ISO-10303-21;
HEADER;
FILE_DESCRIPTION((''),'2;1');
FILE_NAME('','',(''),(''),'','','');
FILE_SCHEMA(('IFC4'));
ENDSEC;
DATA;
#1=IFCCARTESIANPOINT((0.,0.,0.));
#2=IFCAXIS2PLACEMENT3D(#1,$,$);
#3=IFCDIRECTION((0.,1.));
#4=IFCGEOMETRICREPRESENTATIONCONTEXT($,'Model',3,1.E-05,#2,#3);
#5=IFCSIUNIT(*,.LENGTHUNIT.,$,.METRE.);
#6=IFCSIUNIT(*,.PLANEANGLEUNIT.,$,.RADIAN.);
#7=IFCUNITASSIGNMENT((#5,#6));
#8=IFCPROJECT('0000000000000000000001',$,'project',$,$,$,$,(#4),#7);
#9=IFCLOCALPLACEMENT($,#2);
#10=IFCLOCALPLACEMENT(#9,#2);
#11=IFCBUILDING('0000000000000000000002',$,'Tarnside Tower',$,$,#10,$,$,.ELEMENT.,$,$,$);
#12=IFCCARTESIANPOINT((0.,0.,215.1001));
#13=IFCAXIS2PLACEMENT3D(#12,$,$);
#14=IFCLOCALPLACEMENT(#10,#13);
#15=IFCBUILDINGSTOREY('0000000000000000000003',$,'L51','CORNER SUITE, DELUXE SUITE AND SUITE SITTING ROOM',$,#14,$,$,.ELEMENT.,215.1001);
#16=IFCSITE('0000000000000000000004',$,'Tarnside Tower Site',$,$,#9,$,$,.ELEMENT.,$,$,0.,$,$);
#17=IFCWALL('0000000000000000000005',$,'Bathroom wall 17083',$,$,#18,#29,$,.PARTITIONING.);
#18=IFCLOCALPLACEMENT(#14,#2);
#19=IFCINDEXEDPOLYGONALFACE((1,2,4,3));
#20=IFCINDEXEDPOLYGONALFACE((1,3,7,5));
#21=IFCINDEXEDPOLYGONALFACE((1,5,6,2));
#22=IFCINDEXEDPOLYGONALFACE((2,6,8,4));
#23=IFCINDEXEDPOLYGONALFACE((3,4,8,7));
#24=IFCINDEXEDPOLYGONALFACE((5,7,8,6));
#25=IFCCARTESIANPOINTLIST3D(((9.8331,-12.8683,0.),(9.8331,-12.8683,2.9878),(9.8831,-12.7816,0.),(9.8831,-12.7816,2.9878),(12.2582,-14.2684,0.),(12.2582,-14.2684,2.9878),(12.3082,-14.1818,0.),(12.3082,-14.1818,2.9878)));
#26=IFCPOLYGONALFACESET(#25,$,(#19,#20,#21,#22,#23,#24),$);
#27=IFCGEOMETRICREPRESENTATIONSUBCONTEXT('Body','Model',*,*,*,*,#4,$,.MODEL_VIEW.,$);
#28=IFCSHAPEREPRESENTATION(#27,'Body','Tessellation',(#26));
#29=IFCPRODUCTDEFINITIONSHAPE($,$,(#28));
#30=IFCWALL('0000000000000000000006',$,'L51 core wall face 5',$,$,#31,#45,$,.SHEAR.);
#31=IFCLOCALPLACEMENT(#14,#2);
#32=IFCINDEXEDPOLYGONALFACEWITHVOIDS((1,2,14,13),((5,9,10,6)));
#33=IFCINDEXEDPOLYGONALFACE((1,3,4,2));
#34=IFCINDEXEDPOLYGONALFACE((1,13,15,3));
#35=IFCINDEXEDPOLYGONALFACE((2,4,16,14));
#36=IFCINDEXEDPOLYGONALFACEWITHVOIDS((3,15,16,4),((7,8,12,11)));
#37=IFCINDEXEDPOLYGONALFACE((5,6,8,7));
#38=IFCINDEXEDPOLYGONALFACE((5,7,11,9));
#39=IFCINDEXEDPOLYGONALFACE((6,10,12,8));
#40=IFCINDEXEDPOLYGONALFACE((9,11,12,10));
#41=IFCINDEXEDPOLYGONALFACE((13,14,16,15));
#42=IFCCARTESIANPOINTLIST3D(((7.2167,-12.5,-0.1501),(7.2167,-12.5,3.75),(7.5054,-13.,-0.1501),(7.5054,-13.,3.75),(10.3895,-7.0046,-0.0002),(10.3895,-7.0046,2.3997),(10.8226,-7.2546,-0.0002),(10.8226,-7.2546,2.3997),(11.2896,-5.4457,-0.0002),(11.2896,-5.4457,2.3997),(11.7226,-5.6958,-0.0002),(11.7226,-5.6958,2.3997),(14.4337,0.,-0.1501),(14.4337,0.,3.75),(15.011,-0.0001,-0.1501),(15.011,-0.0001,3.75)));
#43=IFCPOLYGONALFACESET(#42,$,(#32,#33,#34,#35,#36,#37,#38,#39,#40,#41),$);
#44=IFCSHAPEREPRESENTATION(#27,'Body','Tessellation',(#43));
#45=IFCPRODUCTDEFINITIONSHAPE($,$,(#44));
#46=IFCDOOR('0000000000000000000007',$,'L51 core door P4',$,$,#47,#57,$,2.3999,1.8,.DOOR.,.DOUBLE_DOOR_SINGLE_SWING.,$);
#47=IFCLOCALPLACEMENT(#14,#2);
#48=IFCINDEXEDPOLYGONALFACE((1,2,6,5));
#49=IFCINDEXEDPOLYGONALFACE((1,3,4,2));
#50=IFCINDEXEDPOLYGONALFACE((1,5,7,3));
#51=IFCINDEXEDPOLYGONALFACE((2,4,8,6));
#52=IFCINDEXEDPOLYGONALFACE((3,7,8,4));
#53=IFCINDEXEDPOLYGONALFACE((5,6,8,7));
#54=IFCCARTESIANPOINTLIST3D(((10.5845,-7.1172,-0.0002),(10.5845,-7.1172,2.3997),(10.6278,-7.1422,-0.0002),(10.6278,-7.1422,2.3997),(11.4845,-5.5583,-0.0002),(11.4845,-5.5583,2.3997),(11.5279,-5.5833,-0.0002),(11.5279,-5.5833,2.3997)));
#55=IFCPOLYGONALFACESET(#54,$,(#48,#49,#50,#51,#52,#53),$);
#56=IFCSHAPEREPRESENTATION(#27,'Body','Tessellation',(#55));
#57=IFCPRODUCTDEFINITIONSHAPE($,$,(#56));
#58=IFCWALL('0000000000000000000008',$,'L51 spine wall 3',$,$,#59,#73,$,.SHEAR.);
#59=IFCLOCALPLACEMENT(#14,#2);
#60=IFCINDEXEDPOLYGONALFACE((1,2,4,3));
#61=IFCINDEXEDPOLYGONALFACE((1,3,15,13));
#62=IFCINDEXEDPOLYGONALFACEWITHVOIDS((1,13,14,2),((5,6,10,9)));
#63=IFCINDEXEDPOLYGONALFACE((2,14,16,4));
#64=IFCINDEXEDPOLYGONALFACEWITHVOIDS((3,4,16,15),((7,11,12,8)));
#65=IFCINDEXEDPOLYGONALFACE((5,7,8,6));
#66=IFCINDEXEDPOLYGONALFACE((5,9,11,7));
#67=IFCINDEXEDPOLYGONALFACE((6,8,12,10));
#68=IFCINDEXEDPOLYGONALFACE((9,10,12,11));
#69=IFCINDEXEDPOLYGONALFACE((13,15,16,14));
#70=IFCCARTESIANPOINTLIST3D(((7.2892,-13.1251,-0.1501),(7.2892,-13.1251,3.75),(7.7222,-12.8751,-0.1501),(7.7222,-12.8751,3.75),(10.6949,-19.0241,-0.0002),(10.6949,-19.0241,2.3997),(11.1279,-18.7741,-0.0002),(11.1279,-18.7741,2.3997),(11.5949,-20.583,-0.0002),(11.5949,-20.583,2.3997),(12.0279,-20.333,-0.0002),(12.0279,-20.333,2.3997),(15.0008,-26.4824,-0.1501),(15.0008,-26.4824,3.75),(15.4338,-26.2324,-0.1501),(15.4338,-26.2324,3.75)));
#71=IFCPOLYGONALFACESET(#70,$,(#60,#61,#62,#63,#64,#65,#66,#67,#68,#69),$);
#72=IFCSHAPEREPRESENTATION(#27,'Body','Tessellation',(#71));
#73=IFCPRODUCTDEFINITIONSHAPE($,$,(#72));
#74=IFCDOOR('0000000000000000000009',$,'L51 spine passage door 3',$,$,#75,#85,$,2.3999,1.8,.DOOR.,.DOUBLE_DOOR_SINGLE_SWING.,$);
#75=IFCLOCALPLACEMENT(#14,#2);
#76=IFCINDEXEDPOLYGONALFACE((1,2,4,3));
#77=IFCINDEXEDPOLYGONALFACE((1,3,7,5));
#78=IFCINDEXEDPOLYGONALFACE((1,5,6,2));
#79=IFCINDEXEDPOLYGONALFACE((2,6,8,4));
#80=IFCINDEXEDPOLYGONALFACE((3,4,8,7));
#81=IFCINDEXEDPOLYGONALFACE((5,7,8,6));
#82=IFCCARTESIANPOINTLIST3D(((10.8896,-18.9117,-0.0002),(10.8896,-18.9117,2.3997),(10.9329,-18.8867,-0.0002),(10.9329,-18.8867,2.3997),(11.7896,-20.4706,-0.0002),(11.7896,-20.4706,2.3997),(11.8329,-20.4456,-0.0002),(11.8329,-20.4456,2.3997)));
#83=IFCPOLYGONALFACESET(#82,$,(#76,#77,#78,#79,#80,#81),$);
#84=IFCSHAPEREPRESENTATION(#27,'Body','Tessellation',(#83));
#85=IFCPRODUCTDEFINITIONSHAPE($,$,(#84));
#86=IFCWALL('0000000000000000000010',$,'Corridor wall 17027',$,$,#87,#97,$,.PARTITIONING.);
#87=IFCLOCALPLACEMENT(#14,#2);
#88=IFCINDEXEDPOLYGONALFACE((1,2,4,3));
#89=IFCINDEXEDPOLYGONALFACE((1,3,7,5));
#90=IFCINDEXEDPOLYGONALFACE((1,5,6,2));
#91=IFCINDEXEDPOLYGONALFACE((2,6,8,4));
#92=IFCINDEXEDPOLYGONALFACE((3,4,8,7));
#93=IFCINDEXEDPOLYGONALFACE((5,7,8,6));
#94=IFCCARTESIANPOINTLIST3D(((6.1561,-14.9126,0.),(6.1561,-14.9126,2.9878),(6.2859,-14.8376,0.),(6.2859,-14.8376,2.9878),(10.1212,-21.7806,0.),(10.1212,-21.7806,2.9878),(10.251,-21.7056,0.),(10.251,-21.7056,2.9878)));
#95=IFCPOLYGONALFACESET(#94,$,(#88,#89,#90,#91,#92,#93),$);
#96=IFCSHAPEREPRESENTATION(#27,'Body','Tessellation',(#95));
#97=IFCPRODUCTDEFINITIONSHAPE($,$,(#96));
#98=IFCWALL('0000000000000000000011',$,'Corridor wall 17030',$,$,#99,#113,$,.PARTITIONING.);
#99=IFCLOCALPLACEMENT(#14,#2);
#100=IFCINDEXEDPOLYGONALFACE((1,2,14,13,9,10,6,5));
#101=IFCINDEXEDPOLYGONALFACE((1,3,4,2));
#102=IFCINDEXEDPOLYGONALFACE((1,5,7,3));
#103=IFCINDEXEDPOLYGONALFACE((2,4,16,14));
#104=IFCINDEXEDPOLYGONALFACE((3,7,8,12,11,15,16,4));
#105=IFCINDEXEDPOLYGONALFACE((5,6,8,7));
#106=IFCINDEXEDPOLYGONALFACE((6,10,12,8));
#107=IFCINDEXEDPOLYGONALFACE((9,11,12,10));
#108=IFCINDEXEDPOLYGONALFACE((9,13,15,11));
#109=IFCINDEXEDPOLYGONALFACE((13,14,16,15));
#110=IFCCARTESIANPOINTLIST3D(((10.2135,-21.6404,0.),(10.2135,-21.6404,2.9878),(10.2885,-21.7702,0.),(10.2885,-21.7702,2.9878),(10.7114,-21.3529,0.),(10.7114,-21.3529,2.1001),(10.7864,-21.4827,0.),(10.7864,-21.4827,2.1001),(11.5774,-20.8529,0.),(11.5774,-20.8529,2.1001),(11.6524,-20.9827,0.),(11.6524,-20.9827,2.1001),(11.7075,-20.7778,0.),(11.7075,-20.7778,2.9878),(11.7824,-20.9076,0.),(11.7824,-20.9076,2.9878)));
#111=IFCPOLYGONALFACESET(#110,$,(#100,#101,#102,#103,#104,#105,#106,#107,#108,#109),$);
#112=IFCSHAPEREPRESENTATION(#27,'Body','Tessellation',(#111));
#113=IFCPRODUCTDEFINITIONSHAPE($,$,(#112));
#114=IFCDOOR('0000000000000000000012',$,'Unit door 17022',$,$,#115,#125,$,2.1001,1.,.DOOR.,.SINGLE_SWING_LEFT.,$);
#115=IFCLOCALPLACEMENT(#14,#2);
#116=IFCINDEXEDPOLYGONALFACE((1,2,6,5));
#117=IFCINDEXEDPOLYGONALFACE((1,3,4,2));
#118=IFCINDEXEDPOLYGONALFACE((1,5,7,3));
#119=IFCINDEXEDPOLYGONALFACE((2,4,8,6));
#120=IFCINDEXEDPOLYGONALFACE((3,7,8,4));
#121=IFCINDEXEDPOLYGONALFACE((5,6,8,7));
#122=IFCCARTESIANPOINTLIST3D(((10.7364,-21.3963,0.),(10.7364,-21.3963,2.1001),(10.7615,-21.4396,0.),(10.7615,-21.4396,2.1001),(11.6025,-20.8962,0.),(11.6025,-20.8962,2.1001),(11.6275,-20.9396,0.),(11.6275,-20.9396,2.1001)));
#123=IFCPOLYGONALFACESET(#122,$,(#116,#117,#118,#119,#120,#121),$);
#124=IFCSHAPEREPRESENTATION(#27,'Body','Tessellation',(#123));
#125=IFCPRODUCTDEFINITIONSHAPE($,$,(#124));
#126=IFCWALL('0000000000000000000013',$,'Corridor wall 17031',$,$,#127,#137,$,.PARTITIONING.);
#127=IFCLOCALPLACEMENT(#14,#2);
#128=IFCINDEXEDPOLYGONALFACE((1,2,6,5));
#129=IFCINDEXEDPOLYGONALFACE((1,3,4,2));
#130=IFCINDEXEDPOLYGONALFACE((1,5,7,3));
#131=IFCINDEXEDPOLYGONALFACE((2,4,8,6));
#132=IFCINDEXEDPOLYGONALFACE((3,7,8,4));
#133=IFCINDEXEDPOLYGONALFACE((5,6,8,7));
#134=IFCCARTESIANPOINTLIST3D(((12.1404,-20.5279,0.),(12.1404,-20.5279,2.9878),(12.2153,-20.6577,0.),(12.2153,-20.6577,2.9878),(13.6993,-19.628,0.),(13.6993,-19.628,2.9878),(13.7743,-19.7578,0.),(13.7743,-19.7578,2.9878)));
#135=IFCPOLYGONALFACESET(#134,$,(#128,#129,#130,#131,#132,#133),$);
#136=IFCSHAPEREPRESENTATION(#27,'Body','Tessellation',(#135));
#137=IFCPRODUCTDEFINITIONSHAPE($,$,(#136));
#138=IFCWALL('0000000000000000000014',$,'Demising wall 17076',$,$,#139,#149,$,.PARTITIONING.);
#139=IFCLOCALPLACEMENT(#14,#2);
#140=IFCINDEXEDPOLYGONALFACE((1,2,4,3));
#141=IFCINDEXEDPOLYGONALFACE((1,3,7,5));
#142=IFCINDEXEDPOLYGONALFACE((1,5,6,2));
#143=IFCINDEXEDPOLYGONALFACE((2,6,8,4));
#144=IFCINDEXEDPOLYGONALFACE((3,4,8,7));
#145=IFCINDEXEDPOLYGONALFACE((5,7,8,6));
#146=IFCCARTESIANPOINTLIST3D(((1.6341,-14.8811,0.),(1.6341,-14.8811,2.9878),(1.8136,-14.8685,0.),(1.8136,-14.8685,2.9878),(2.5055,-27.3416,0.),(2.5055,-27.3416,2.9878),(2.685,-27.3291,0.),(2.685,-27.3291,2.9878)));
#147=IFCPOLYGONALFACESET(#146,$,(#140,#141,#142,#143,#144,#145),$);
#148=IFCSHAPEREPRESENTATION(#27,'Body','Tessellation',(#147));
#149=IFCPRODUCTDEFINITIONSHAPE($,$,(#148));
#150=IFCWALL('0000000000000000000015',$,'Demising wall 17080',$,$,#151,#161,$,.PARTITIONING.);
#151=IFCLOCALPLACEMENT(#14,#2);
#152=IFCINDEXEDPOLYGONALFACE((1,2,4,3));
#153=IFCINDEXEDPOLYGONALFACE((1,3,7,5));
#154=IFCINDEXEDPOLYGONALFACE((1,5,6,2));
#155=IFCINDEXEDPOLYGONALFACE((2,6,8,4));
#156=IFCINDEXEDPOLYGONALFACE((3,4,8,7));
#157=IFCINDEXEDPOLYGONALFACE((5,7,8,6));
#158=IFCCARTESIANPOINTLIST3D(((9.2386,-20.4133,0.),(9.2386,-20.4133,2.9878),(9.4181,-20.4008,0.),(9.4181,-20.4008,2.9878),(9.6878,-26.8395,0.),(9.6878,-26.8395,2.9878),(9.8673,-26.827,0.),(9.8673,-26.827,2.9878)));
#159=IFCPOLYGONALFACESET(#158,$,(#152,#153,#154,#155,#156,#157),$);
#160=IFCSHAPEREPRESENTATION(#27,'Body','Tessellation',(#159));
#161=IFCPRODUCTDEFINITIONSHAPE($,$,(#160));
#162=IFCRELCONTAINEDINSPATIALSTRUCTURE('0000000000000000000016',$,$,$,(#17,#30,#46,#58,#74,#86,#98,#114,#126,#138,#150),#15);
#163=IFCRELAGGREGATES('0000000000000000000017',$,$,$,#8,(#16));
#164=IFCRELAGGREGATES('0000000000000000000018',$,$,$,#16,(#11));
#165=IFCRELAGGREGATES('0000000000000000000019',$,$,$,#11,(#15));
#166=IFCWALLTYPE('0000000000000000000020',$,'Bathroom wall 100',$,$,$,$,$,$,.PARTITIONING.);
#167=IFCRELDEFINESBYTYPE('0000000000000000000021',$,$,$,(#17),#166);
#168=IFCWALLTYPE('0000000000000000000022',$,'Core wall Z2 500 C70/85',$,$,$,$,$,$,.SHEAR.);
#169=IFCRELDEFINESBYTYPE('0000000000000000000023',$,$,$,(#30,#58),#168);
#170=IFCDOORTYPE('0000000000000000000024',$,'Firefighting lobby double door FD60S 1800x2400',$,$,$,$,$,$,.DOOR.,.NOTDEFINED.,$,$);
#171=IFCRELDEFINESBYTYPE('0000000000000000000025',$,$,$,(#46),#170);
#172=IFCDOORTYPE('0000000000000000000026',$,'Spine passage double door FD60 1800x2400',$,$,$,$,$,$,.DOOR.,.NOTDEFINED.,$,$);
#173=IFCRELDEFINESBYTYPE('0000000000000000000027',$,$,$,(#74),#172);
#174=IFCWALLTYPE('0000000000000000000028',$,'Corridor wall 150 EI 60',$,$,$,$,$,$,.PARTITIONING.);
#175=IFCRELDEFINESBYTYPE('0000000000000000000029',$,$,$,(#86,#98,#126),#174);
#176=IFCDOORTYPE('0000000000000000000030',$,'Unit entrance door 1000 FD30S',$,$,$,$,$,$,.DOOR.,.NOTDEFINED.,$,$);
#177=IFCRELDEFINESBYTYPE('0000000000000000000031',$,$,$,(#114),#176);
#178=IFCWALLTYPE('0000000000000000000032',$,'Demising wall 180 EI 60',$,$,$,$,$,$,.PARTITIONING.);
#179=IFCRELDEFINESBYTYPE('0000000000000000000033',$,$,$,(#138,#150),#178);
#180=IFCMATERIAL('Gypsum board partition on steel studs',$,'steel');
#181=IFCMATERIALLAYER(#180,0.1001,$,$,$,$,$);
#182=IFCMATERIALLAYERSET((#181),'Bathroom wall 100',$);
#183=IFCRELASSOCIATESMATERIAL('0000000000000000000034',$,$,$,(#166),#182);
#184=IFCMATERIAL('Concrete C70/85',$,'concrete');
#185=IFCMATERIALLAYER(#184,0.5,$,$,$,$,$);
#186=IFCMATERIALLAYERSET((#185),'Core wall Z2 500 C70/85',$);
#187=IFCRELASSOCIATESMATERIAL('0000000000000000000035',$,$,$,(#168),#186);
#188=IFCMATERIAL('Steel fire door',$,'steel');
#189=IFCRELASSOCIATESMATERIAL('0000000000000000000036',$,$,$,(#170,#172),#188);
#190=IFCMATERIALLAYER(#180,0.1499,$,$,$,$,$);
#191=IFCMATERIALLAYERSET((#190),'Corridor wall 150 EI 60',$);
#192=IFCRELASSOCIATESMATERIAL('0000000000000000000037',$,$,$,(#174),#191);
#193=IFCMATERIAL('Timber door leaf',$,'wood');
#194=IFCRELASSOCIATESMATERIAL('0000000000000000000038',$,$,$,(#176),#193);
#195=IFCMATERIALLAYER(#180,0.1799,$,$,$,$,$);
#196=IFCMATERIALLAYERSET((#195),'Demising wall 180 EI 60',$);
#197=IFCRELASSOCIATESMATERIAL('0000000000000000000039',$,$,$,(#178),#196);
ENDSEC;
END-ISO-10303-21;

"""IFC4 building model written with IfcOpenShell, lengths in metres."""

from ifc_helpers import new_model, si_unit, direction, frame, frame_2d, origin, place, context, subcontext, project, spatial, polyline, rectangle, outline, extrude, material, layer, layer_set, type_object, element, fill, save


model = new_model("IFC4")

# Units and contexts
model_context = context("Model", 3, precision=1e-05, world=origin(), true_north=direction((0.0, 1.0)))
body_context = subcontext(model_context, "Body", "Model", "MODEL_VIEW")
ifc_project = project(units=[si_unit("LENGTHUNIT", "METRE"), si_unit("PLANEANGLEUNIT", "RADIAN")], contexts=[model_context])

# Site, building, storey
site_placement = place(None, origin())
site = spatial("IfcSite", under=ifc_project, at=site_placement, Name="Tarnside Tower Site", CompositionType="ELEMENT", RefElevation=0.0)
building_placement = place(site_placement, origin())
building = spatial("IfcBuilding", under=site, at=building_placement, Name="Tarnside Tower", CompositionType="ELEMENT")
storey_placement = place(building_placement, frame((0.0, 0.0, 215.1001)))
storey = spatial("IfcBuildingStorey", under=building, at=storey_placement, Name="L51", Description="CORNER SUITE, DELUXE SUITE AND SUITE SITTING ROOM", CompositionType="ELEMENT", Elevation=215.1001)

# Shared definitions
ifc_material_1 = material(Name="Gypsum board partition on steel studs", Category="steel")
ifc_layer_1 = layer(ifc_material_1, 0.1001)
ifc_layer_set_1 = layer_set([ifc_layer_1], Name="Bathroom wall 100")
wall_type_1 = type_object("IfcWallType", Name="Bathroom wall 100", PredefinedType="PARTITIONING", material=ifc_layer_set_1)
ifc_material_2 = material(Name="Timber door leaf", Category="wood")

# Wall
wall_1_placement = place(storey_placement, frame((12.2832, -14.2251, 0.0), z_axis=(0.0, 0.0, 1.0), x_axis=(-0.866019, 0.500012, 0.0)))
element("IfcWall", 1, at=wall_1_placement, inside=storey, type_object=wall_type_1, Name="Bathroom wall 17083", PredefinedType="PARTITIONING", context=body_context, shape_type="SweptSolid", body=[
    extrude(rectangle(XDim=2.8003, YDim=0.1001, at=frame_2d((1.4001, 0.0))), origin(), (0.0, 0.0, 1.0), 2.9878),
])

# Walls, openings, doors
ifc_material_3 = material(Name="Concrete C70/85", Category="concrete")
ifc_layer_2 = layer(ifc_material_3, 0.5)
ifc_layer_set_2 = layer_set([ifc_layer_2], Name="Core wall Z2 500 C70/85")
wall_type_2 = type_object("IfcWallType", Name="Core wall Z2 500 C70/85", PredefinedType="SHEAR", material=ifc_layer_set_2)
wall_2_placement = place(storey_placement, frame((7.3611, -12.75, -0.1501), z_axis=(0.0, 0.0, 1.0), x_axis=(0.500006, 0.866022, 0.0)))
wall_2 = element("IfcWall", 2, at=wall_2_placement, inside=storey, type_object=wall_type_2, Name="L51 core wall face 5", PredefinedType="SHEAR", context=body_context, shape_type="SweptSolid", body=[
    extrude(outline(polyline([(-0.1443, -0.25), (14.8667, -0.25), (14.5781, 0.25), (0.1443, 0.25), (-0.1443, -0.25)])), origin(), (0.0, 0.0, 1.0), 3.9001),
])
opening_1_placement = place(wall_2_placement, frame((6.49, 0.0, 0.1499)))
opening_1 = element("IfcOpeningElement", 3, at=opening_1_placement, cuts=wall_2, PredefinedType="OPENING", context=body_context, shape_type="SweptSolid", body=[
    extrude(rectangle(XDim=1.8, YDim=2.3999, at=frame_2d((0.8999, 1.2))), frame((0.0, 0.26, 0.0), z_axis=(0.0, -1.0, 0.0), x_axis=(1.0, 0.0, 0.0)), (0.0, 0.0, 1.0), 0.52),
])
ifc_material_4 = material(Name="Steel fire door", Category="steel")
door_type_1 = type_object("IfcDoorType", Name="Firefighting lobby double door FD60S 1800x2400", OperationType="NOTDEFINED", PredefinedType="DOOR", material=ifc_material_4)
door_1_placement = place(opening_1_placement, origin())
door_1 = element("IfcDoor", 4, at=door_1_placement, inside=storey, type_object=door_type_1, Name="L51 core door P4", OperationType="DOUBLE_DOOR_SINGLE_SWING", OverallHeight=2.3999, OverallWidth=1.8, PredefinedType="DOOR", context=body_context, shape_type="SweptSolid", body=[
    extrude(rectangle(XDim=1.8, YDim=2.3999, at=frame_2d((0.8999, 1.2))), frame((0.0, 0.0249, 0.0), z_axis=(0.0, -1.0, 0.0), x_axis=(1.0, 0.0, 0.0)), (0.0, 0.0, 1.0), 0.05),
])
fill(opening_1, door_1)
wall_3_placement = place(storey_placement, frame((7.5056, -13.0, -0.1501), z_axis=(0.0, 0.0, 1.0), x_axis=(0.499988, -0.866032, 0.0)))
wall_3 = element("IfcWall", 5, at=wall_3_placement, inside=storey, type_object=wall_type_2, Name="L51 spine wall 3", PredefinedType="SHEAR", context=body_context, shape_type="SweptSolid", body=[
    extrude(rectangle(XDim=15.4236, YDim=0.5, at=frame_2d((7.7119, 0.0))), origin(), (0.0, 0.0, 1.0), 3.9001),
])
opening_2_placement = place(wall_3_placement, frame((6.8118, 0.0, 0.1499)))
opening_2 = element("IfcOpeningElement", 6, at=opening_2_placement, cuts=wall_3, PredefinedType="OPENING", context=body_context, shape_type="SweptSolid", body=[
    extrude(rectangle(XDim=1.8, YDim=2.3999, at=frame_2d((0.8999, 1.2))), frame((0.0, 0.26, 0.0), z_axis=(0.0, -1.0, 0.0), x_axis=(1.0, 0.0, 0.0)), (0.0, 0.0, 1.0), 0.52),
])
door_type_2 = type_object("IfcDoorType", Name="Spine passage double door FD60 1800x2400", OperationType="NOTDEFINED", PredefinedType="DOOR", material=ifc_material_4)
door_2_placement = place(opening_2_placement, origin())
door_2 = element("IfcDoor", 7, at=door_2_placement, inside=storey, type_object=door_type_2, Name="L51 spine passage door 3", OperationType="DOUBLE_DOOR_SINGLE_SWING", OverallHeight=2.3999, OverallWidth=1.8, PredefinedType="DOOR", context=body_context, shape_type="SweptSolid", body=[
    extrude(rectangle(XDim=1.8, YDim=2.3999, at=frame_2d((0.8999, 1.2))), frame((0.0, 0.0249, 0.0), z_axis=(0.0, -1.0, 0.0), x_axis=(1.0, 0.0, 0.0)), (0.0, 0.0, 1.0), 0.05),
])
fill(opening_2, door_2)

# Wall
ifc_layer_3 = layer(ifc_material_1, 0.1499)
ifc_layer_set_3 = layer_set([ifc_layer_3], Name="Corridor wall 150 EI 60")
wall_type_3 = type_object("IfcWallType", Name="Corridor wall 150 EI 60", PredefinedType="PARTITIONING", material=ifc_layer_set_3)
wall_4_placement = place(storey_placement, frame((6.2209, -14.875, 0.0), z_axis=(0.0, 0.0, 1.0), x_axis=(0.49999, -0.866031, 0.0)))
element("IfcWall", 8, at=wall_4_placement, inside=storey, type_object=wall_type_3, Name="Corridor wall 17027", PredefinedType="PARTITIONING", context=body_context, shape_type="SweptSolid", body=[
    extrude(rectangle(XDim=7.9304, YDim=0.1499, at=frame_2d((3.9653, 0.0))), origin(), (0.0, 0.0, 1.0), 2.9878),
])

# Wall, opening, door
wall_5_placement = place(storey_placement, frame((10.251, -21.7053, 0.0), z_axis=(0.0, 0.0, 1.0), x_axis=(0.866014, 0.500021, 0.0)))
wall_5 = element("IfcWall", 9, at=wall_5_placement, inside=storey, type_object=wall_type_3, Name="Corridor wall 17030", PredefinedType="PARTITIONING", context=body_context, shape_type="SweptSolid", body=[
    extrude(rectangle(XDim=1.7251, YDim=0.1499, at=frame_2d((0.8625, 0.0))), origin(), (0.0, 0.0, 1.0), 2.9878),
])
opening_3_placement = place(wall_5_placement, frame((0.575, 0.0, 0.0)))
opening_3 = element("IfcOpeningElement", 10, at=opening_3_placement, cuts=wall_5, PredefinedType="OPENING", context=body_context, shape_type="SweptSolid", body=[
    extrude(rectangle(XDim=1.0, YDim=2.1001, at=frame_2d((0.5, 1.05))), frame((0.0, 0.085, 0.0), z_axis=(0.0, -1.0, 0.0), x_axis=(1.0, 0.0, 0.0)), (0.0, 0.0, 1.0), 0.1699),
])
door_type_3 = type_object("IfcDoorType", Name="Unit entrance door 1000 FD30S", OperationType="NOTDEFINED", PredefinedType="DOOR", material=ifc_material_2)
door_3_placement = place(opening_3_placement, origin())
door_3 = element("IfcDoor", 11, at=door_3_placement, inside=storey, type_object=door_type_3, Name="Unit door 17022", OperationType="SINGLE_SWING_LEFT", OverallHeight=2.1001, OverallWidth=1.0, PredefinedType="DOOR", context=body_context, shape_type="SweptSolid", body=[
    extrude(rectangle(XDim=1.0, YDim=2.1001, at=frame_2d((0.5, 1.05))), frame((0.0, 0.0249, 0.0), z_axis=(0.0, -1.0, 0.0), x_axis=(1.0, 0.0, 0.0)), (0.0, 0.0, 1.0), 0.05),
])
fill(opening_3, door_3)

# Walls
wall_6_placement = place(storey_placement, frame((12.178, -20.5928, 0.0), z_axis=(0.0, 0.0, 1.0), x_axis=(0.866048, 0.499961, 0.0)))
element("IfcWall", 12, at=wall_6_placement, inside=storey, type_object=wall_type_3, Name="Corridor wall 17031", PredefinedType="PARTITIONING", context=body_context, shape_type="SweptSolid", body=[
    extrude(rectangle(XDim=1.8, YDim=0.1499, at=frame_2d((0.8999, 0.0))), origin(), (0.0, 0.0, 1.0), 2.9878),
])
ifc_layer_4 = layer(ifc_material_1, 0.1799)
ifc_layer_set_4 = layer_set([ifc_layer_4], Name="Demising wall 180 EI 60")
wall_type_4 = type_object("IfcWallType", Name="Demising wall 180 EI 60", PredefinedType="PARTITIONING", material=ifc_layer_set_4)
wall_7_placement = place(storey_placement, frame((2.5952, -27.3354, 0.0), z_axis=(0.0, 0.0, 1.0), x_axis=(-0.069758, 0.997564, 0.0)))
element("IfcWall", 13, at=wall_7_placement, inside=storey, type_object=wall_type_4, Name="Demising wall 17076", PredefinedType="PARTITIONING", context=body_context, shape_type="SweptSolid", body=[
    extrude(rectangle(XDim=12.491, YDim=0.1799, at=frame_2d((6.2456, 0.0))), origin(), (0.0, 0.0, 1.0), 2.9878),
])
wall_8_placement = place(storey_placement, frame((9.7776, -26.8333, 0.0), z_axis=(0.0, 0.0, 1.0), x_axis=(-0.069733, 0.997566, 0.0)))
element("IfcWall", 14, at=wall_8_placement, inside=storey, type_object=wall_type_4, Name="Demising wall 17080", PredefinedType="PARTITIONING", context=body_context, shape_type="SweptSolid", body=[
    extrude(rectangle(XDim=6.4419, YDim=0.1799, at=frame_2d((3.2209, 0.0))), origin(), (0.0, 0.0, 1.0), 2.9878),
])

save(model, "model.ifc")
